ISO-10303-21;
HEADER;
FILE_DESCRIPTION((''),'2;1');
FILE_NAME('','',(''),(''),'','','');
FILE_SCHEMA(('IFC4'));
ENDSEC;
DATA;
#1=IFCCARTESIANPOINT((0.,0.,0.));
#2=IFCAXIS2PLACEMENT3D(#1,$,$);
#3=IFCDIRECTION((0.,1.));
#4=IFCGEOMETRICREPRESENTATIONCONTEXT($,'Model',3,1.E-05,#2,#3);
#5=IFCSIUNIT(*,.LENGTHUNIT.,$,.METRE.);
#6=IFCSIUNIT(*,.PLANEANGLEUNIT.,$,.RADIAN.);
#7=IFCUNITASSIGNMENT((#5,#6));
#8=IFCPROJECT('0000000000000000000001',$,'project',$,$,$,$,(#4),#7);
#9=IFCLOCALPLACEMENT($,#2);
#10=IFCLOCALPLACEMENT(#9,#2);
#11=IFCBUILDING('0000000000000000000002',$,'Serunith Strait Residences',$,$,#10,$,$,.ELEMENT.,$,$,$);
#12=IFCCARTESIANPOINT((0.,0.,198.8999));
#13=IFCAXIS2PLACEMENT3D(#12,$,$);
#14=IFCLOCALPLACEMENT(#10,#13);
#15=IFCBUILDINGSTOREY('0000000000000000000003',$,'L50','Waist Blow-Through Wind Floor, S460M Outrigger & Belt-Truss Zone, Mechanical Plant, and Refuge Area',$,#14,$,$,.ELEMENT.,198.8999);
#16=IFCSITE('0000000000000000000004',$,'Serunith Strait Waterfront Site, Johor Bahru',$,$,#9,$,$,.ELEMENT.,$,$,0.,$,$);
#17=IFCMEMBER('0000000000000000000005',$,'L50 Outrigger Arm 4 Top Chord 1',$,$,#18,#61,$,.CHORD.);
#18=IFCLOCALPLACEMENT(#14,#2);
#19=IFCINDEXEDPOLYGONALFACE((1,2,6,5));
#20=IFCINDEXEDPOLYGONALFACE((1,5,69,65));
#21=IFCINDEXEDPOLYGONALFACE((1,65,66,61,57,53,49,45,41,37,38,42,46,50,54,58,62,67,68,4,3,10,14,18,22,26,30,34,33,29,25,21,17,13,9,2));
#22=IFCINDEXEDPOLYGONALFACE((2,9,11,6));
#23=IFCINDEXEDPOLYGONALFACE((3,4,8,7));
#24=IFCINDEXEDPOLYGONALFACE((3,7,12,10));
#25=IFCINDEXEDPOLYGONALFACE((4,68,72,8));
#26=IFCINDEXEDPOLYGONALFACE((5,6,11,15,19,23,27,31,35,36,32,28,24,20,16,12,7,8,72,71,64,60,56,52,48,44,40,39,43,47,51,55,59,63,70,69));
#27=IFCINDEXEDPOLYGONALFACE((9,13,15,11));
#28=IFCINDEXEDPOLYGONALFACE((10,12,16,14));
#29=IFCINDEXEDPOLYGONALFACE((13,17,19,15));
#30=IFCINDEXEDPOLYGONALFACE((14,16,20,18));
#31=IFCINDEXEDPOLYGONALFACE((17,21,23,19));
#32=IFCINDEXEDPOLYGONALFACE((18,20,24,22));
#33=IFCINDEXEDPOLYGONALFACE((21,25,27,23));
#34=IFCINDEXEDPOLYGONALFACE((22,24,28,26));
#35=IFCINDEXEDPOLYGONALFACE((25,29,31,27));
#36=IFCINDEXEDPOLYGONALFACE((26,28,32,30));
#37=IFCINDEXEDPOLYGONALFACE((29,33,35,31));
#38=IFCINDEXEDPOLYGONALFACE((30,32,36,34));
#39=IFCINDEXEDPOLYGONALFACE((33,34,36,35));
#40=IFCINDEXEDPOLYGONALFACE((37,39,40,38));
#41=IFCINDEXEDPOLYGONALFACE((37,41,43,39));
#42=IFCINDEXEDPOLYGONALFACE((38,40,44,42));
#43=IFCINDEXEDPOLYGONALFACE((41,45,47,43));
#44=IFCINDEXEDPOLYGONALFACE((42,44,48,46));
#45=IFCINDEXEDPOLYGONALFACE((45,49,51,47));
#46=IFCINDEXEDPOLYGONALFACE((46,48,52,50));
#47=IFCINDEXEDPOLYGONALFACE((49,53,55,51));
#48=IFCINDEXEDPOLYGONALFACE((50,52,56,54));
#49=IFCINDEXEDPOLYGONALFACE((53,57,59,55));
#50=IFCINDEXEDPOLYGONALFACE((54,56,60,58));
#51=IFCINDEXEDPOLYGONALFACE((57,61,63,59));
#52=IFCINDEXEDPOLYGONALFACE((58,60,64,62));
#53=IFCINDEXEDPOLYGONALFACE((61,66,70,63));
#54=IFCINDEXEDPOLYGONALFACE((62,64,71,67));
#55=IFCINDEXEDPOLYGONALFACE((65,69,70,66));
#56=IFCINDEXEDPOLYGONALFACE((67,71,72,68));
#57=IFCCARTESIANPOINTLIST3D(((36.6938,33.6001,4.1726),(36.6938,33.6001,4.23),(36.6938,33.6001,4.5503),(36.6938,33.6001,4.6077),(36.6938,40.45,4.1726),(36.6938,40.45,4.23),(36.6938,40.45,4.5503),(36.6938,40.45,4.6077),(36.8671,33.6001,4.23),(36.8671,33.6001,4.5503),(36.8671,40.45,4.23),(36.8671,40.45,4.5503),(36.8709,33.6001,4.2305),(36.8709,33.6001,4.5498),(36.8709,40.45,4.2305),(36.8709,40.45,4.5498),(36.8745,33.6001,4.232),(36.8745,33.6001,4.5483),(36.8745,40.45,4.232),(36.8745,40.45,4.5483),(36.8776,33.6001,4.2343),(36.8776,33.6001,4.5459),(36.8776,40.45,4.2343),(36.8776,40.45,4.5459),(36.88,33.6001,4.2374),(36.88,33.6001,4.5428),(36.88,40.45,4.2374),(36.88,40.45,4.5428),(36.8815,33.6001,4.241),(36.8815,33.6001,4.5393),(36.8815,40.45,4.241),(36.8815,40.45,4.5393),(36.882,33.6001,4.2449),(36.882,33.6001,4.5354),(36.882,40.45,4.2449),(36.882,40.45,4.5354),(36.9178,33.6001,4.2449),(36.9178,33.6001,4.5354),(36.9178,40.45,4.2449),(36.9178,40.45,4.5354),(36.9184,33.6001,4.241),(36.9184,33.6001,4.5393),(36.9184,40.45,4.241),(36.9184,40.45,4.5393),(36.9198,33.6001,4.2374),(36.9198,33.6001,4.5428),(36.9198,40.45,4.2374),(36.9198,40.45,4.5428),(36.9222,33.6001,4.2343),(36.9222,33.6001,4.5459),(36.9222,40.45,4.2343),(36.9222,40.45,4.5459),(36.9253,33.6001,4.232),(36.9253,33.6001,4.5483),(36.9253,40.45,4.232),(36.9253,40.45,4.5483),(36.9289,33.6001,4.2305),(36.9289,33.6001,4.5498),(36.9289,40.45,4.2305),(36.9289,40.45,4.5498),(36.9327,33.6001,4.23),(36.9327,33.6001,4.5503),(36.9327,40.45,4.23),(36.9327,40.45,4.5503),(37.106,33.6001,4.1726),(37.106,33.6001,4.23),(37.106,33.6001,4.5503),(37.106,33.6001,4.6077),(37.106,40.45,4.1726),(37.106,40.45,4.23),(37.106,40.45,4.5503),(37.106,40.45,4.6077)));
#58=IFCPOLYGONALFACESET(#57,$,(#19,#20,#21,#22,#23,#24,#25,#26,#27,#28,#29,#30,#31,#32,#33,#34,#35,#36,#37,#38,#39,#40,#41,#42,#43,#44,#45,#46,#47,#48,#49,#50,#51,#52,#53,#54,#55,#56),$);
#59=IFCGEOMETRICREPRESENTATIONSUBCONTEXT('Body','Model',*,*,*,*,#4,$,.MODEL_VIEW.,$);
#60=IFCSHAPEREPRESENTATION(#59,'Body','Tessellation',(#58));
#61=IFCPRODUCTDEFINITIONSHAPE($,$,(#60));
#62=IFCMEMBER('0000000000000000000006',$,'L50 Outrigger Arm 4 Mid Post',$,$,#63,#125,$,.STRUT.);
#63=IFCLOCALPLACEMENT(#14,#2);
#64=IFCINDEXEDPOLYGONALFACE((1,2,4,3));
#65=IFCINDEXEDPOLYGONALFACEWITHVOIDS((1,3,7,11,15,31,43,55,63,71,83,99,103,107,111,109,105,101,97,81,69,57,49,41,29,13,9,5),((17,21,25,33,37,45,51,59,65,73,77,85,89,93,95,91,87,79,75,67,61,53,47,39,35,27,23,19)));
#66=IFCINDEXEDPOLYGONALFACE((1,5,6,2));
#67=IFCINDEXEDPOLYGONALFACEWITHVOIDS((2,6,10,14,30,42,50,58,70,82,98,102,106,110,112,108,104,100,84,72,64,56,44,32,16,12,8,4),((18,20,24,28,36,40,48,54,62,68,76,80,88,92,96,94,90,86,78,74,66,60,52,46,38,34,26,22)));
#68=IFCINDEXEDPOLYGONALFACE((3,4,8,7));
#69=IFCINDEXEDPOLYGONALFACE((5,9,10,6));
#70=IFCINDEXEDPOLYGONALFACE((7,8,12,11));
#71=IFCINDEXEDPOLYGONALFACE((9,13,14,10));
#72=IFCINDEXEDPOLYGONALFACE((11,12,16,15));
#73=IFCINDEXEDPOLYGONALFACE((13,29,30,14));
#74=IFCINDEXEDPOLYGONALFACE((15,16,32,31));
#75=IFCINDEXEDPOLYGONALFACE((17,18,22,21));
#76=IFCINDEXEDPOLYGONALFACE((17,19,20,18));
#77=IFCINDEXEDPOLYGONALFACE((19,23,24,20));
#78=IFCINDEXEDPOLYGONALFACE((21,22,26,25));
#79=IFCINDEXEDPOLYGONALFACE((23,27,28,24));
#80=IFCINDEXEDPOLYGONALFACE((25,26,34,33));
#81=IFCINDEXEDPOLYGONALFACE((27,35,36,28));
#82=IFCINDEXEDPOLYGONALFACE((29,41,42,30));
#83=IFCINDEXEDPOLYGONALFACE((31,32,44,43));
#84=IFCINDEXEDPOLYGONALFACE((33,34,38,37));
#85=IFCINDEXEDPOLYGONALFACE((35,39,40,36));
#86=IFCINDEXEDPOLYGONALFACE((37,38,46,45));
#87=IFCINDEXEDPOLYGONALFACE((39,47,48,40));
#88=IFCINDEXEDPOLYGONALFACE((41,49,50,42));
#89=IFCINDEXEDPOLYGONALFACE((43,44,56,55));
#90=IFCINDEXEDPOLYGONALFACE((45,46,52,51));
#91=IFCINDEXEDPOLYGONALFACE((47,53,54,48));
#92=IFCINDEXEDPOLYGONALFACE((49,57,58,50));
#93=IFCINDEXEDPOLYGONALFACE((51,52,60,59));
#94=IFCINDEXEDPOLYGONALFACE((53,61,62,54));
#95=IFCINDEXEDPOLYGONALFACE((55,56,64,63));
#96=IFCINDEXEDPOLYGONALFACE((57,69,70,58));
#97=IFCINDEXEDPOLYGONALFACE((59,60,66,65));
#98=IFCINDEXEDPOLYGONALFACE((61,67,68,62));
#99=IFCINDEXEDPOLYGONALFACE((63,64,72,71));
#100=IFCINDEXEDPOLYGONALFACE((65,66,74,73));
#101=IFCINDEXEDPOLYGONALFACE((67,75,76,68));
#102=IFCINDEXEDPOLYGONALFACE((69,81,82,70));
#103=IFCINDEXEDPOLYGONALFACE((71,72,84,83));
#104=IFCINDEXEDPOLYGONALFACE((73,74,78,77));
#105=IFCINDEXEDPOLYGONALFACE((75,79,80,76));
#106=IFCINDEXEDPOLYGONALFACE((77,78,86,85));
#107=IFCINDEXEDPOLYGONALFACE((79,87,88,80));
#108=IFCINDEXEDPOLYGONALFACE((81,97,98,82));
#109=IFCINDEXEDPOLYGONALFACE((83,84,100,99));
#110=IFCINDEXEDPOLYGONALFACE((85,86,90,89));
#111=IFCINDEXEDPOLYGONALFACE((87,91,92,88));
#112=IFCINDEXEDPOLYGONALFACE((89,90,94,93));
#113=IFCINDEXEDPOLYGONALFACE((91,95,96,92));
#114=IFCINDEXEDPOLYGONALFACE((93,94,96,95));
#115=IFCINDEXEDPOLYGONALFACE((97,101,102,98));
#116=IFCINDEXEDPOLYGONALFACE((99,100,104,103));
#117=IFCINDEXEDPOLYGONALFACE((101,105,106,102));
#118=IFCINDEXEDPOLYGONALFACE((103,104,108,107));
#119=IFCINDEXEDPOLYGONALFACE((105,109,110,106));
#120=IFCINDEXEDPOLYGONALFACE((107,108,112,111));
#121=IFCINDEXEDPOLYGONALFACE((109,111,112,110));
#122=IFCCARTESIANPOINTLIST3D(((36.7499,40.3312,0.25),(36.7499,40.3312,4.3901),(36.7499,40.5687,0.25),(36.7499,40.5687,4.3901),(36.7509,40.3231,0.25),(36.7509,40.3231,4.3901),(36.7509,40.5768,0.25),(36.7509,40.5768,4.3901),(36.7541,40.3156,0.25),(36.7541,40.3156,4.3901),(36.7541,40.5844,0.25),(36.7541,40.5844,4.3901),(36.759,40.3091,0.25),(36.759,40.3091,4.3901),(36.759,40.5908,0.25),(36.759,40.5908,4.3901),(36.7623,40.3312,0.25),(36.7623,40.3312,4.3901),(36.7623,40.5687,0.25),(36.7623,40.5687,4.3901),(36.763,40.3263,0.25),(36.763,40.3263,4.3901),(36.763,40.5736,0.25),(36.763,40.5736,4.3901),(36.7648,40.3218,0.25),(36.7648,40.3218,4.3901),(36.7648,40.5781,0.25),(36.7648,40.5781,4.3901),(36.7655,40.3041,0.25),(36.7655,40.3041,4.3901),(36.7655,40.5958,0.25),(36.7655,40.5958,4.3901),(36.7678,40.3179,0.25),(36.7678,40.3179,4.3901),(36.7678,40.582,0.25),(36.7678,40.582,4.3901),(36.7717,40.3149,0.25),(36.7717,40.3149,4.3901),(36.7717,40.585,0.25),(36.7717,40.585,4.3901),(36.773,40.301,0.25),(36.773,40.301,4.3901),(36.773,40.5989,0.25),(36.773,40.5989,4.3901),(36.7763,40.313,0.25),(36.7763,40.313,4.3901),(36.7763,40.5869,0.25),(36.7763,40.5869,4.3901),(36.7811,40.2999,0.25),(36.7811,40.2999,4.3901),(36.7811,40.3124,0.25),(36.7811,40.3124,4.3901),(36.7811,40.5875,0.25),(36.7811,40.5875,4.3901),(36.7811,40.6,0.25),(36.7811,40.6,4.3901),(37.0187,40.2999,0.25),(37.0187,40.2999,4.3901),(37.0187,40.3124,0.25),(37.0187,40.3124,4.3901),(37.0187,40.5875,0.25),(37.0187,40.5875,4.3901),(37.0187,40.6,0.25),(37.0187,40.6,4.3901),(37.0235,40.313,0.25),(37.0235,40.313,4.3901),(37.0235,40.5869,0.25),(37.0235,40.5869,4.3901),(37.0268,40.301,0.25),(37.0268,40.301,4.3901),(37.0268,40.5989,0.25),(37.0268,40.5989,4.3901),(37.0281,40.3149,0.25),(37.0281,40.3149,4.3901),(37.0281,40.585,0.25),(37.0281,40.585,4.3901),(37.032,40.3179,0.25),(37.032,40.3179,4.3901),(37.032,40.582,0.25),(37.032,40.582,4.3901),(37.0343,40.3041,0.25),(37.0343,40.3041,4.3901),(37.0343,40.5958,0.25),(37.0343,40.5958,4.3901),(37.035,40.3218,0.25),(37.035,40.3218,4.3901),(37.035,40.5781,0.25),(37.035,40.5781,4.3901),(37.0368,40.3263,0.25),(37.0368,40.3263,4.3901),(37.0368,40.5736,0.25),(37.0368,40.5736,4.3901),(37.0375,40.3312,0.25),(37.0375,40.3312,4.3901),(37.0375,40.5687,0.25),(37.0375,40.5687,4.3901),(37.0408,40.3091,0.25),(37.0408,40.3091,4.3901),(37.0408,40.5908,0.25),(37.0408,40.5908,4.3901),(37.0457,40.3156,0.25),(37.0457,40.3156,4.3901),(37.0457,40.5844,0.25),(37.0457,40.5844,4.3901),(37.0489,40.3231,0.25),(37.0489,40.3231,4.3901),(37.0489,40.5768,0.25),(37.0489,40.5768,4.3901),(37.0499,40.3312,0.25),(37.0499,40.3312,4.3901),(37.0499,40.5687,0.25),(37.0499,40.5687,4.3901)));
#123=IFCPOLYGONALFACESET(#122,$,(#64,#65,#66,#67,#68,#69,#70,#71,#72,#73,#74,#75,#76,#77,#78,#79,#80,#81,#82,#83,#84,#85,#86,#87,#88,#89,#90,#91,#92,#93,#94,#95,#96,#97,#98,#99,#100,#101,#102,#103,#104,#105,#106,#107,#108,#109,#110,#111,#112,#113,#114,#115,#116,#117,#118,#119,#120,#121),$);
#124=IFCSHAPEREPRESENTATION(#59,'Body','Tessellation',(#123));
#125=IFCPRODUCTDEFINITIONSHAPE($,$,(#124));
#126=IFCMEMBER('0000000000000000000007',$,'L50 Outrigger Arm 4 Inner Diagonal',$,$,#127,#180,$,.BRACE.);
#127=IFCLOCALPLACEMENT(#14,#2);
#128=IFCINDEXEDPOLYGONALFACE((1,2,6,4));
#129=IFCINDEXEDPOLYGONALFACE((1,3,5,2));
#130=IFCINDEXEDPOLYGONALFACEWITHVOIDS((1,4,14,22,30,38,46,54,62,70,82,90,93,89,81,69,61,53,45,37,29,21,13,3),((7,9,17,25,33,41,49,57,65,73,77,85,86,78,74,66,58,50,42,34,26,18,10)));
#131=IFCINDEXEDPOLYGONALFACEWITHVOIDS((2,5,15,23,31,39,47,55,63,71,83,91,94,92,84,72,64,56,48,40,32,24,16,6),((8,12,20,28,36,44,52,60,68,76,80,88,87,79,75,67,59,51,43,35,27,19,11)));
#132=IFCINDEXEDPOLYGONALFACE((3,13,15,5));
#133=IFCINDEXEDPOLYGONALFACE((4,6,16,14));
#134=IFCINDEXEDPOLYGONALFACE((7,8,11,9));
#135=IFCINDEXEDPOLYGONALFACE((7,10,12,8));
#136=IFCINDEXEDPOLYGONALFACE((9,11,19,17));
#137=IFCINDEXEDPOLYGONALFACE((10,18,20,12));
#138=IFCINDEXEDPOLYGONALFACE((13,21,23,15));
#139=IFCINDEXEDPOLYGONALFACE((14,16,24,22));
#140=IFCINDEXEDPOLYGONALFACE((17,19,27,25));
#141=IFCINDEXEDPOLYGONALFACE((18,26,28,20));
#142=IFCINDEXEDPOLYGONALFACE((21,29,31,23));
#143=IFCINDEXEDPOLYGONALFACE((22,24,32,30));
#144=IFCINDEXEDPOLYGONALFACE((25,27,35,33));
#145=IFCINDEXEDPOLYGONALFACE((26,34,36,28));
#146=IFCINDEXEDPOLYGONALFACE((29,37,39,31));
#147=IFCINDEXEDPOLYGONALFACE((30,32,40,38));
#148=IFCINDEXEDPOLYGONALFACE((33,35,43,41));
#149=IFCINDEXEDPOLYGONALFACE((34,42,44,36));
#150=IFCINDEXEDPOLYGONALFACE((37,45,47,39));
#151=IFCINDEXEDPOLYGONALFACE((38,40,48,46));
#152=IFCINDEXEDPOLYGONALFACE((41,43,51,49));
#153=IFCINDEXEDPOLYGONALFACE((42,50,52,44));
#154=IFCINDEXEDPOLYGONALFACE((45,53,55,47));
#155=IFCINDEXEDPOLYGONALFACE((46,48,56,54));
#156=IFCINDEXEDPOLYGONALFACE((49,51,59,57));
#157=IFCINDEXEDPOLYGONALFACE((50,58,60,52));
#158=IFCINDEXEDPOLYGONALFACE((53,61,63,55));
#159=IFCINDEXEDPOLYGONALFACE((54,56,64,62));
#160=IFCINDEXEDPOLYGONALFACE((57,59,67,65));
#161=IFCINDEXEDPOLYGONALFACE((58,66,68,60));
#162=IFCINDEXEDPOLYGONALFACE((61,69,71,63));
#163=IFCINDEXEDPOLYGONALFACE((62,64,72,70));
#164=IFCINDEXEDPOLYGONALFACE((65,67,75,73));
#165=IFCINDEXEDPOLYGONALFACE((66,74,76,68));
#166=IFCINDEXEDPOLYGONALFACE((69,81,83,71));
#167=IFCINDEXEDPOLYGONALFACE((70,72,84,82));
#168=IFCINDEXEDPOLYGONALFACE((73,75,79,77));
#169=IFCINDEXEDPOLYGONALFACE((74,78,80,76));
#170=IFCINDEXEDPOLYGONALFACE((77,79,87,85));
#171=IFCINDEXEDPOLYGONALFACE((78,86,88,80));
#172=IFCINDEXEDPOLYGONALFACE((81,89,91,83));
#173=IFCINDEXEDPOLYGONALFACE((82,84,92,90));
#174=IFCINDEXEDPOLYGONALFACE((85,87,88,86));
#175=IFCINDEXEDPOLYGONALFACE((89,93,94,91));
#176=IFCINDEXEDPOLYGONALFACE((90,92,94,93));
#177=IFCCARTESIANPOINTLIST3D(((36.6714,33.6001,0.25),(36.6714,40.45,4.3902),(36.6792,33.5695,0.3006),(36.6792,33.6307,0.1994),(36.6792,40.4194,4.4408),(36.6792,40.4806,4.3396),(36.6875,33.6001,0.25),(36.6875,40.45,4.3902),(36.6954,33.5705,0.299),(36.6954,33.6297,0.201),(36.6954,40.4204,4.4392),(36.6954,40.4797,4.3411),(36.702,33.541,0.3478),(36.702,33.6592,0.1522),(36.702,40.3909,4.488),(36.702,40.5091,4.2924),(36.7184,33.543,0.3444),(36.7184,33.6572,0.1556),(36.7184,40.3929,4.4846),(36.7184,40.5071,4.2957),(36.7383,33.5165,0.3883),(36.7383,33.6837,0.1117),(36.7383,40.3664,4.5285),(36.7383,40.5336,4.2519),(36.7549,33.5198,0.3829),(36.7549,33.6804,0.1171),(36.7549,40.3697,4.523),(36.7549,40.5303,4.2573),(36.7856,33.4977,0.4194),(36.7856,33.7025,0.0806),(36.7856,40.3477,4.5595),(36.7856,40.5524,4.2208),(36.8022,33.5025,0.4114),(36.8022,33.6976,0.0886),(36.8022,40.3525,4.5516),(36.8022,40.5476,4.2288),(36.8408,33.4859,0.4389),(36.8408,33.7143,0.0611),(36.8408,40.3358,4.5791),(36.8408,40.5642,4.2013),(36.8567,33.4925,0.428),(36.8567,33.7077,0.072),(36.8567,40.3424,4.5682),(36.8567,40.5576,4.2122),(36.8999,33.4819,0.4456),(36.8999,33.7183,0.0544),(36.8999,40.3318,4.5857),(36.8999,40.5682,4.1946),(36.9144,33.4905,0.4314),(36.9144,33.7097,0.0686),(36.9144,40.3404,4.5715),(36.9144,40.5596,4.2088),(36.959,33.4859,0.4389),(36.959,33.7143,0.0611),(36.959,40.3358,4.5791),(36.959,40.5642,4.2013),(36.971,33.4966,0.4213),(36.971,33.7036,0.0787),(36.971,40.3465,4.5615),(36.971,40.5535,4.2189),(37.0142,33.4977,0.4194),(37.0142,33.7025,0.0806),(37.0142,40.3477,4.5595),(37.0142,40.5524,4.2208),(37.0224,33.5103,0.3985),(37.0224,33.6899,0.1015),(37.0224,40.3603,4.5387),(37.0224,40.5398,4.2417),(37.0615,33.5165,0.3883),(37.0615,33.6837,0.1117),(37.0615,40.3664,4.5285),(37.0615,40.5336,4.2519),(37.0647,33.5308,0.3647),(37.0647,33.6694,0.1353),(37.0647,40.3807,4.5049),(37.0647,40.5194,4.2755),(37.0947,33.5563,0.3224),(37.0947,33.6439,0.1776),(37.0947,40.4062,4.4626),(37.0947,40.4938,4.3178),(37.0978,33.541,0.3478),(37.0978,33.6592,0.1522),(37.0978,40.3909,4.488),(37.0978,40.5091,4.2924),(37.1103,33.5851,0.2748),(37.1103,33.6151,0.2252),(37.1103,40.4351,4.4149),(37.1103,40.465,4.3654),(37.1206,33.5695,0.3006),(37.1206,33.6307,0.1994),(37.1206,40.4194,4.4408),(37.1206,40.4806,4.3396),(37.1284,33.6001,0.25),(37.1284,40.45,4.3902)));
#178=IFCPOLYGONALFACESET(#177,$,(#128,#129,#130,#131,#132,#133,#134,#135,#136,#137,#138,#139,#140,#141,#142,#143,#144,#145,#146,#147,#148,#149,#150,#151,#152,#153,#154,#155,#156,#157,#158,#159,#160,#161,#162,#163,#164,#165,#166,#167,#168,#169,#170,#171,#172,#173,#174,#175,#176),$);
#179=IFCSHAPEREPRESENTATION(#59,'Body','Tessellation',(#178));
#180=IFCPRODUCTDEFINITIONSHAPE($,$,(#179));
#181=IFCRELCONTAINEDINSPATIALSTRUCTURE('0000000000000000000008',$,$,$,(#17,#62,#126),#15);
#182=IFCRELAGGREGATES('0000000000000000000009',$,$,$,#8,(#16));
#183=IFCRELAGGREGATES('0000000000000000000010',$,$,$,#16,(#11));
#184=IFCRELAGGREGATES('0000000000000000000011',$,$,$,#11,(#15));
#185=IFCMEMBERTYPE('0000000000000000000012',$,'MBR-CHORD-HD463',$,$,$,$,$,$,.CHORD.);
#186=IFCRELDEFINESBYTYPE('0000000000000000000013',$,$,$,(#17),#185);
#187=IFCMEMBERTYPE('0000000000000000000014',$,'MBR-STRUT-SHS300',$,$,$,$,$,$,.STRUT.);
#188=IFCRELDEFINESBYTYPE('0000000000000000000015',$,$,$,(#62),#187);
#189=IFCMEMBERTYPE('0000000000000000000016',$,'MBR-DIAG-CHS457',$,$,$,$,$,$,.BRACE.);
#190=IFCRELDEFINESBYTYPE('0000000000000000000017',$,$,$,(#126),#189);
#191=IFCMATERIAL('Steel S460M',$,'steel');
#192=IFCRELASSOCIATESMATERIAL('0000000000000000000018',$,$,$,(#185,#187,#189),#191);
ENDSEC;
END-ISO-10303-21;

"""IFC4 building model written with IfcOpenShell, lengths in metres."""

from ifc_helpers import new_model, si_unit, direction, frame, origin, origin_2d, place, context, subcontext, project, spatial, hollow_rectangle, hollow_circle, i_section, extrude, source, transform, mapped, material, material_profile, profile_set, type_object, element, save


model = new_model("IFC4")

# Units and contexts
model_context = context("Model", 3, precision=1e-05, world=origin(), true_north=direction((0.0, 1.0)))
body_context = subcontext(model_context, "Body", "Model", "MODEL_VIEW")
ifc_project = project(units=[si_unit("LENGTHUNIT", "METRE"), si_unit("PLANEANGLEUNIT", "RADIAN")], contexts=[model_context])

# Site, building, storey
site_placement = place(None, origin())
site = spatial("IfcSite", under=ifc_project, at=site_placement, Name="Serunith Strait Waterfront Site, Johor Bahru", CompositionType="ELEMENT", RefElevation=0.0)
building_placement = place(site_placement, origin())
building = spatial("IfcBuilding", under=site, at=building_placement, Name="Serunith Strait Residences", CompositionType="ELEMENT")
storey_placement = place(building_placement, frame((0.0, 0.0, 198.8999)))
storey = spatial("IfcBuildingStorey", under=building, at=storey_placement, Name="L50", Description="Waist Blow-Through Wind Floor, S460M Outrigger & Belt-Truss Zone, Mechanical Plant, and Refuge Area", CompositionType="ELEMENT", Elevation=198.8999)

# Members
ifc_material_1 = material(Name="Steel S460M", Category="steel")
ifc_material_profile_1 = material_profile(ifc_material_1, i_section(OverallWidth=0.4121, OverallDepth=0.4351, WebThickness=0.0359, FlangeThickness=0.0574, FilletRadius=0.0149, at=origin_2d()), Name="HD 400x463")
ifc_profile_set_1 = profile_set([ifc_material_profile_1], Name="Steel S460M")
member_type_1 = type_object("IfcMemberType", Name="MBR-CHORD-HD463", PredefinedType="CHORD", material=ifc_profile_set_1)
shared_shape_1 = source(origin(), body_context, "Body", "SweptSolid", [
    extrude(i_section(OverallWidth=0.4121, OverallDepth=0.4351, WebThickness=0.0359, FlangeThickness=0.0574, FilletRadius=0.0149, at=origin_2d()), origin(), (0.0, 0.0, 1.0), 6.8499),
])
for number, where, z_axis, x_axis, name in (
    (1, (36.8999, 33.6001, 4.3901), (0.0, 1.0, 0.0), (-1.0, 0.0, 0.0), "L50 Outrigger Arm 4 Top Chord 1"),
):
    element("IfcMember", number, at=place(storey_placement, frame(where, z_axis=z_axis, x_axis=x_axis)), inside=storey, type_object=member_type_1, Name=name, PredefinedType="CHORD", context=body_context, shape_type="MappedRepresentation", body=[
        mapped(shared_shape_1, transform((0.0, 0.0, 0.0), scale=1.0)),
    ])
ifc_material_profile_2 = material_profile(ifc_material_1, hollow_rectangle(XDim=0.3, YDim=0.3, WallThickness=0.0125, InnerFilletRadius=0.0188, OuterFilletRadius=0.0312, at=origin_2d()), Name="SHS 300x300x12.5")
ifc_profile_set_2 = profile_set([ifc_material_profile_2], Name="Steel S460M")
member_type_2 = type_object("IfcMemberType", Name="MBR-STRUT-SHS300", PredefinedType="STRUT", material=ifc_profile_set_2)
shared_shape_2 = source(origin(), body_context, "Body", "SweptSolid", [
    extrude(hollow_rectangle(XDim=0.3, YDim=0.3, WallThickness=0.0125, InnerFilletRadius=0.0188, OuterFilletRadius=0.0312, at=origin_2d()), origin(), (0.0, 0.0, 1.0), 4.1401),
])
member_1_placement = place(storey_placement, frame((36.8999, 40.45, 0.25), z_axis=(0.0, 0.0, 1.0), x_axis=(1.0, 0.0, 0.0)))
element("IfcMember", 2, at=member_1_placement, inside=storey, type_object=member_type_2, Name="L50 Outrigger Arm 4 Mid Post", PredefinedType="STRUT", context=body_context, shape_type="MappedRepresentation", body=[
    mapped(shared_shape_2, transform((0.0, 0.0, 0.0), scale=1.0)),
])
ifc_material_profile_3 = material_profile(ifc_material_1, hollow_circle(Radius=0.2285, WallThickness=0.0161, at=origin_2d()), Name="CHS 457x16")
ifc_profile_set_3 = profile_set([ifc_material_profile_3], Name="Steel S460M")
member_type_3 = type_object("IfcMemberType", Name="MBR-DIAG-CHS457", PredefinedType="BRACE", material=ifc_profile_set_3)
shared_shape_3 = source(origin(), body_context, "Body", "SweptSolid", [
    extrude(hollow_circle(Radius=0.2285, WallThickness=0.0161, at=origin_2d()), origin(), (0.0, 0.0, 1.0), 8.0039),
])
member_2_placement = place(storey_placement, frame((36.8999, 33.6001, 0.25), z_axis=(0.0, 0.855822, 0.51727), x_axis=(-1.0, 0.0, 0.0)))
element("IfcMember", 3, at=member_2_placement, inside=storey, type_object=member_type_3, Name="L50 Outrigger Arm 4 Inner Diagonal", PredefinedType="BRACE", context=body_context, shape_type="MappedRepresentation", body=[
    mapped(shared_shape_3, transform((0.0, 0.0, 0.0), scale=1.0)),
])

save(model, "model.ifc")
